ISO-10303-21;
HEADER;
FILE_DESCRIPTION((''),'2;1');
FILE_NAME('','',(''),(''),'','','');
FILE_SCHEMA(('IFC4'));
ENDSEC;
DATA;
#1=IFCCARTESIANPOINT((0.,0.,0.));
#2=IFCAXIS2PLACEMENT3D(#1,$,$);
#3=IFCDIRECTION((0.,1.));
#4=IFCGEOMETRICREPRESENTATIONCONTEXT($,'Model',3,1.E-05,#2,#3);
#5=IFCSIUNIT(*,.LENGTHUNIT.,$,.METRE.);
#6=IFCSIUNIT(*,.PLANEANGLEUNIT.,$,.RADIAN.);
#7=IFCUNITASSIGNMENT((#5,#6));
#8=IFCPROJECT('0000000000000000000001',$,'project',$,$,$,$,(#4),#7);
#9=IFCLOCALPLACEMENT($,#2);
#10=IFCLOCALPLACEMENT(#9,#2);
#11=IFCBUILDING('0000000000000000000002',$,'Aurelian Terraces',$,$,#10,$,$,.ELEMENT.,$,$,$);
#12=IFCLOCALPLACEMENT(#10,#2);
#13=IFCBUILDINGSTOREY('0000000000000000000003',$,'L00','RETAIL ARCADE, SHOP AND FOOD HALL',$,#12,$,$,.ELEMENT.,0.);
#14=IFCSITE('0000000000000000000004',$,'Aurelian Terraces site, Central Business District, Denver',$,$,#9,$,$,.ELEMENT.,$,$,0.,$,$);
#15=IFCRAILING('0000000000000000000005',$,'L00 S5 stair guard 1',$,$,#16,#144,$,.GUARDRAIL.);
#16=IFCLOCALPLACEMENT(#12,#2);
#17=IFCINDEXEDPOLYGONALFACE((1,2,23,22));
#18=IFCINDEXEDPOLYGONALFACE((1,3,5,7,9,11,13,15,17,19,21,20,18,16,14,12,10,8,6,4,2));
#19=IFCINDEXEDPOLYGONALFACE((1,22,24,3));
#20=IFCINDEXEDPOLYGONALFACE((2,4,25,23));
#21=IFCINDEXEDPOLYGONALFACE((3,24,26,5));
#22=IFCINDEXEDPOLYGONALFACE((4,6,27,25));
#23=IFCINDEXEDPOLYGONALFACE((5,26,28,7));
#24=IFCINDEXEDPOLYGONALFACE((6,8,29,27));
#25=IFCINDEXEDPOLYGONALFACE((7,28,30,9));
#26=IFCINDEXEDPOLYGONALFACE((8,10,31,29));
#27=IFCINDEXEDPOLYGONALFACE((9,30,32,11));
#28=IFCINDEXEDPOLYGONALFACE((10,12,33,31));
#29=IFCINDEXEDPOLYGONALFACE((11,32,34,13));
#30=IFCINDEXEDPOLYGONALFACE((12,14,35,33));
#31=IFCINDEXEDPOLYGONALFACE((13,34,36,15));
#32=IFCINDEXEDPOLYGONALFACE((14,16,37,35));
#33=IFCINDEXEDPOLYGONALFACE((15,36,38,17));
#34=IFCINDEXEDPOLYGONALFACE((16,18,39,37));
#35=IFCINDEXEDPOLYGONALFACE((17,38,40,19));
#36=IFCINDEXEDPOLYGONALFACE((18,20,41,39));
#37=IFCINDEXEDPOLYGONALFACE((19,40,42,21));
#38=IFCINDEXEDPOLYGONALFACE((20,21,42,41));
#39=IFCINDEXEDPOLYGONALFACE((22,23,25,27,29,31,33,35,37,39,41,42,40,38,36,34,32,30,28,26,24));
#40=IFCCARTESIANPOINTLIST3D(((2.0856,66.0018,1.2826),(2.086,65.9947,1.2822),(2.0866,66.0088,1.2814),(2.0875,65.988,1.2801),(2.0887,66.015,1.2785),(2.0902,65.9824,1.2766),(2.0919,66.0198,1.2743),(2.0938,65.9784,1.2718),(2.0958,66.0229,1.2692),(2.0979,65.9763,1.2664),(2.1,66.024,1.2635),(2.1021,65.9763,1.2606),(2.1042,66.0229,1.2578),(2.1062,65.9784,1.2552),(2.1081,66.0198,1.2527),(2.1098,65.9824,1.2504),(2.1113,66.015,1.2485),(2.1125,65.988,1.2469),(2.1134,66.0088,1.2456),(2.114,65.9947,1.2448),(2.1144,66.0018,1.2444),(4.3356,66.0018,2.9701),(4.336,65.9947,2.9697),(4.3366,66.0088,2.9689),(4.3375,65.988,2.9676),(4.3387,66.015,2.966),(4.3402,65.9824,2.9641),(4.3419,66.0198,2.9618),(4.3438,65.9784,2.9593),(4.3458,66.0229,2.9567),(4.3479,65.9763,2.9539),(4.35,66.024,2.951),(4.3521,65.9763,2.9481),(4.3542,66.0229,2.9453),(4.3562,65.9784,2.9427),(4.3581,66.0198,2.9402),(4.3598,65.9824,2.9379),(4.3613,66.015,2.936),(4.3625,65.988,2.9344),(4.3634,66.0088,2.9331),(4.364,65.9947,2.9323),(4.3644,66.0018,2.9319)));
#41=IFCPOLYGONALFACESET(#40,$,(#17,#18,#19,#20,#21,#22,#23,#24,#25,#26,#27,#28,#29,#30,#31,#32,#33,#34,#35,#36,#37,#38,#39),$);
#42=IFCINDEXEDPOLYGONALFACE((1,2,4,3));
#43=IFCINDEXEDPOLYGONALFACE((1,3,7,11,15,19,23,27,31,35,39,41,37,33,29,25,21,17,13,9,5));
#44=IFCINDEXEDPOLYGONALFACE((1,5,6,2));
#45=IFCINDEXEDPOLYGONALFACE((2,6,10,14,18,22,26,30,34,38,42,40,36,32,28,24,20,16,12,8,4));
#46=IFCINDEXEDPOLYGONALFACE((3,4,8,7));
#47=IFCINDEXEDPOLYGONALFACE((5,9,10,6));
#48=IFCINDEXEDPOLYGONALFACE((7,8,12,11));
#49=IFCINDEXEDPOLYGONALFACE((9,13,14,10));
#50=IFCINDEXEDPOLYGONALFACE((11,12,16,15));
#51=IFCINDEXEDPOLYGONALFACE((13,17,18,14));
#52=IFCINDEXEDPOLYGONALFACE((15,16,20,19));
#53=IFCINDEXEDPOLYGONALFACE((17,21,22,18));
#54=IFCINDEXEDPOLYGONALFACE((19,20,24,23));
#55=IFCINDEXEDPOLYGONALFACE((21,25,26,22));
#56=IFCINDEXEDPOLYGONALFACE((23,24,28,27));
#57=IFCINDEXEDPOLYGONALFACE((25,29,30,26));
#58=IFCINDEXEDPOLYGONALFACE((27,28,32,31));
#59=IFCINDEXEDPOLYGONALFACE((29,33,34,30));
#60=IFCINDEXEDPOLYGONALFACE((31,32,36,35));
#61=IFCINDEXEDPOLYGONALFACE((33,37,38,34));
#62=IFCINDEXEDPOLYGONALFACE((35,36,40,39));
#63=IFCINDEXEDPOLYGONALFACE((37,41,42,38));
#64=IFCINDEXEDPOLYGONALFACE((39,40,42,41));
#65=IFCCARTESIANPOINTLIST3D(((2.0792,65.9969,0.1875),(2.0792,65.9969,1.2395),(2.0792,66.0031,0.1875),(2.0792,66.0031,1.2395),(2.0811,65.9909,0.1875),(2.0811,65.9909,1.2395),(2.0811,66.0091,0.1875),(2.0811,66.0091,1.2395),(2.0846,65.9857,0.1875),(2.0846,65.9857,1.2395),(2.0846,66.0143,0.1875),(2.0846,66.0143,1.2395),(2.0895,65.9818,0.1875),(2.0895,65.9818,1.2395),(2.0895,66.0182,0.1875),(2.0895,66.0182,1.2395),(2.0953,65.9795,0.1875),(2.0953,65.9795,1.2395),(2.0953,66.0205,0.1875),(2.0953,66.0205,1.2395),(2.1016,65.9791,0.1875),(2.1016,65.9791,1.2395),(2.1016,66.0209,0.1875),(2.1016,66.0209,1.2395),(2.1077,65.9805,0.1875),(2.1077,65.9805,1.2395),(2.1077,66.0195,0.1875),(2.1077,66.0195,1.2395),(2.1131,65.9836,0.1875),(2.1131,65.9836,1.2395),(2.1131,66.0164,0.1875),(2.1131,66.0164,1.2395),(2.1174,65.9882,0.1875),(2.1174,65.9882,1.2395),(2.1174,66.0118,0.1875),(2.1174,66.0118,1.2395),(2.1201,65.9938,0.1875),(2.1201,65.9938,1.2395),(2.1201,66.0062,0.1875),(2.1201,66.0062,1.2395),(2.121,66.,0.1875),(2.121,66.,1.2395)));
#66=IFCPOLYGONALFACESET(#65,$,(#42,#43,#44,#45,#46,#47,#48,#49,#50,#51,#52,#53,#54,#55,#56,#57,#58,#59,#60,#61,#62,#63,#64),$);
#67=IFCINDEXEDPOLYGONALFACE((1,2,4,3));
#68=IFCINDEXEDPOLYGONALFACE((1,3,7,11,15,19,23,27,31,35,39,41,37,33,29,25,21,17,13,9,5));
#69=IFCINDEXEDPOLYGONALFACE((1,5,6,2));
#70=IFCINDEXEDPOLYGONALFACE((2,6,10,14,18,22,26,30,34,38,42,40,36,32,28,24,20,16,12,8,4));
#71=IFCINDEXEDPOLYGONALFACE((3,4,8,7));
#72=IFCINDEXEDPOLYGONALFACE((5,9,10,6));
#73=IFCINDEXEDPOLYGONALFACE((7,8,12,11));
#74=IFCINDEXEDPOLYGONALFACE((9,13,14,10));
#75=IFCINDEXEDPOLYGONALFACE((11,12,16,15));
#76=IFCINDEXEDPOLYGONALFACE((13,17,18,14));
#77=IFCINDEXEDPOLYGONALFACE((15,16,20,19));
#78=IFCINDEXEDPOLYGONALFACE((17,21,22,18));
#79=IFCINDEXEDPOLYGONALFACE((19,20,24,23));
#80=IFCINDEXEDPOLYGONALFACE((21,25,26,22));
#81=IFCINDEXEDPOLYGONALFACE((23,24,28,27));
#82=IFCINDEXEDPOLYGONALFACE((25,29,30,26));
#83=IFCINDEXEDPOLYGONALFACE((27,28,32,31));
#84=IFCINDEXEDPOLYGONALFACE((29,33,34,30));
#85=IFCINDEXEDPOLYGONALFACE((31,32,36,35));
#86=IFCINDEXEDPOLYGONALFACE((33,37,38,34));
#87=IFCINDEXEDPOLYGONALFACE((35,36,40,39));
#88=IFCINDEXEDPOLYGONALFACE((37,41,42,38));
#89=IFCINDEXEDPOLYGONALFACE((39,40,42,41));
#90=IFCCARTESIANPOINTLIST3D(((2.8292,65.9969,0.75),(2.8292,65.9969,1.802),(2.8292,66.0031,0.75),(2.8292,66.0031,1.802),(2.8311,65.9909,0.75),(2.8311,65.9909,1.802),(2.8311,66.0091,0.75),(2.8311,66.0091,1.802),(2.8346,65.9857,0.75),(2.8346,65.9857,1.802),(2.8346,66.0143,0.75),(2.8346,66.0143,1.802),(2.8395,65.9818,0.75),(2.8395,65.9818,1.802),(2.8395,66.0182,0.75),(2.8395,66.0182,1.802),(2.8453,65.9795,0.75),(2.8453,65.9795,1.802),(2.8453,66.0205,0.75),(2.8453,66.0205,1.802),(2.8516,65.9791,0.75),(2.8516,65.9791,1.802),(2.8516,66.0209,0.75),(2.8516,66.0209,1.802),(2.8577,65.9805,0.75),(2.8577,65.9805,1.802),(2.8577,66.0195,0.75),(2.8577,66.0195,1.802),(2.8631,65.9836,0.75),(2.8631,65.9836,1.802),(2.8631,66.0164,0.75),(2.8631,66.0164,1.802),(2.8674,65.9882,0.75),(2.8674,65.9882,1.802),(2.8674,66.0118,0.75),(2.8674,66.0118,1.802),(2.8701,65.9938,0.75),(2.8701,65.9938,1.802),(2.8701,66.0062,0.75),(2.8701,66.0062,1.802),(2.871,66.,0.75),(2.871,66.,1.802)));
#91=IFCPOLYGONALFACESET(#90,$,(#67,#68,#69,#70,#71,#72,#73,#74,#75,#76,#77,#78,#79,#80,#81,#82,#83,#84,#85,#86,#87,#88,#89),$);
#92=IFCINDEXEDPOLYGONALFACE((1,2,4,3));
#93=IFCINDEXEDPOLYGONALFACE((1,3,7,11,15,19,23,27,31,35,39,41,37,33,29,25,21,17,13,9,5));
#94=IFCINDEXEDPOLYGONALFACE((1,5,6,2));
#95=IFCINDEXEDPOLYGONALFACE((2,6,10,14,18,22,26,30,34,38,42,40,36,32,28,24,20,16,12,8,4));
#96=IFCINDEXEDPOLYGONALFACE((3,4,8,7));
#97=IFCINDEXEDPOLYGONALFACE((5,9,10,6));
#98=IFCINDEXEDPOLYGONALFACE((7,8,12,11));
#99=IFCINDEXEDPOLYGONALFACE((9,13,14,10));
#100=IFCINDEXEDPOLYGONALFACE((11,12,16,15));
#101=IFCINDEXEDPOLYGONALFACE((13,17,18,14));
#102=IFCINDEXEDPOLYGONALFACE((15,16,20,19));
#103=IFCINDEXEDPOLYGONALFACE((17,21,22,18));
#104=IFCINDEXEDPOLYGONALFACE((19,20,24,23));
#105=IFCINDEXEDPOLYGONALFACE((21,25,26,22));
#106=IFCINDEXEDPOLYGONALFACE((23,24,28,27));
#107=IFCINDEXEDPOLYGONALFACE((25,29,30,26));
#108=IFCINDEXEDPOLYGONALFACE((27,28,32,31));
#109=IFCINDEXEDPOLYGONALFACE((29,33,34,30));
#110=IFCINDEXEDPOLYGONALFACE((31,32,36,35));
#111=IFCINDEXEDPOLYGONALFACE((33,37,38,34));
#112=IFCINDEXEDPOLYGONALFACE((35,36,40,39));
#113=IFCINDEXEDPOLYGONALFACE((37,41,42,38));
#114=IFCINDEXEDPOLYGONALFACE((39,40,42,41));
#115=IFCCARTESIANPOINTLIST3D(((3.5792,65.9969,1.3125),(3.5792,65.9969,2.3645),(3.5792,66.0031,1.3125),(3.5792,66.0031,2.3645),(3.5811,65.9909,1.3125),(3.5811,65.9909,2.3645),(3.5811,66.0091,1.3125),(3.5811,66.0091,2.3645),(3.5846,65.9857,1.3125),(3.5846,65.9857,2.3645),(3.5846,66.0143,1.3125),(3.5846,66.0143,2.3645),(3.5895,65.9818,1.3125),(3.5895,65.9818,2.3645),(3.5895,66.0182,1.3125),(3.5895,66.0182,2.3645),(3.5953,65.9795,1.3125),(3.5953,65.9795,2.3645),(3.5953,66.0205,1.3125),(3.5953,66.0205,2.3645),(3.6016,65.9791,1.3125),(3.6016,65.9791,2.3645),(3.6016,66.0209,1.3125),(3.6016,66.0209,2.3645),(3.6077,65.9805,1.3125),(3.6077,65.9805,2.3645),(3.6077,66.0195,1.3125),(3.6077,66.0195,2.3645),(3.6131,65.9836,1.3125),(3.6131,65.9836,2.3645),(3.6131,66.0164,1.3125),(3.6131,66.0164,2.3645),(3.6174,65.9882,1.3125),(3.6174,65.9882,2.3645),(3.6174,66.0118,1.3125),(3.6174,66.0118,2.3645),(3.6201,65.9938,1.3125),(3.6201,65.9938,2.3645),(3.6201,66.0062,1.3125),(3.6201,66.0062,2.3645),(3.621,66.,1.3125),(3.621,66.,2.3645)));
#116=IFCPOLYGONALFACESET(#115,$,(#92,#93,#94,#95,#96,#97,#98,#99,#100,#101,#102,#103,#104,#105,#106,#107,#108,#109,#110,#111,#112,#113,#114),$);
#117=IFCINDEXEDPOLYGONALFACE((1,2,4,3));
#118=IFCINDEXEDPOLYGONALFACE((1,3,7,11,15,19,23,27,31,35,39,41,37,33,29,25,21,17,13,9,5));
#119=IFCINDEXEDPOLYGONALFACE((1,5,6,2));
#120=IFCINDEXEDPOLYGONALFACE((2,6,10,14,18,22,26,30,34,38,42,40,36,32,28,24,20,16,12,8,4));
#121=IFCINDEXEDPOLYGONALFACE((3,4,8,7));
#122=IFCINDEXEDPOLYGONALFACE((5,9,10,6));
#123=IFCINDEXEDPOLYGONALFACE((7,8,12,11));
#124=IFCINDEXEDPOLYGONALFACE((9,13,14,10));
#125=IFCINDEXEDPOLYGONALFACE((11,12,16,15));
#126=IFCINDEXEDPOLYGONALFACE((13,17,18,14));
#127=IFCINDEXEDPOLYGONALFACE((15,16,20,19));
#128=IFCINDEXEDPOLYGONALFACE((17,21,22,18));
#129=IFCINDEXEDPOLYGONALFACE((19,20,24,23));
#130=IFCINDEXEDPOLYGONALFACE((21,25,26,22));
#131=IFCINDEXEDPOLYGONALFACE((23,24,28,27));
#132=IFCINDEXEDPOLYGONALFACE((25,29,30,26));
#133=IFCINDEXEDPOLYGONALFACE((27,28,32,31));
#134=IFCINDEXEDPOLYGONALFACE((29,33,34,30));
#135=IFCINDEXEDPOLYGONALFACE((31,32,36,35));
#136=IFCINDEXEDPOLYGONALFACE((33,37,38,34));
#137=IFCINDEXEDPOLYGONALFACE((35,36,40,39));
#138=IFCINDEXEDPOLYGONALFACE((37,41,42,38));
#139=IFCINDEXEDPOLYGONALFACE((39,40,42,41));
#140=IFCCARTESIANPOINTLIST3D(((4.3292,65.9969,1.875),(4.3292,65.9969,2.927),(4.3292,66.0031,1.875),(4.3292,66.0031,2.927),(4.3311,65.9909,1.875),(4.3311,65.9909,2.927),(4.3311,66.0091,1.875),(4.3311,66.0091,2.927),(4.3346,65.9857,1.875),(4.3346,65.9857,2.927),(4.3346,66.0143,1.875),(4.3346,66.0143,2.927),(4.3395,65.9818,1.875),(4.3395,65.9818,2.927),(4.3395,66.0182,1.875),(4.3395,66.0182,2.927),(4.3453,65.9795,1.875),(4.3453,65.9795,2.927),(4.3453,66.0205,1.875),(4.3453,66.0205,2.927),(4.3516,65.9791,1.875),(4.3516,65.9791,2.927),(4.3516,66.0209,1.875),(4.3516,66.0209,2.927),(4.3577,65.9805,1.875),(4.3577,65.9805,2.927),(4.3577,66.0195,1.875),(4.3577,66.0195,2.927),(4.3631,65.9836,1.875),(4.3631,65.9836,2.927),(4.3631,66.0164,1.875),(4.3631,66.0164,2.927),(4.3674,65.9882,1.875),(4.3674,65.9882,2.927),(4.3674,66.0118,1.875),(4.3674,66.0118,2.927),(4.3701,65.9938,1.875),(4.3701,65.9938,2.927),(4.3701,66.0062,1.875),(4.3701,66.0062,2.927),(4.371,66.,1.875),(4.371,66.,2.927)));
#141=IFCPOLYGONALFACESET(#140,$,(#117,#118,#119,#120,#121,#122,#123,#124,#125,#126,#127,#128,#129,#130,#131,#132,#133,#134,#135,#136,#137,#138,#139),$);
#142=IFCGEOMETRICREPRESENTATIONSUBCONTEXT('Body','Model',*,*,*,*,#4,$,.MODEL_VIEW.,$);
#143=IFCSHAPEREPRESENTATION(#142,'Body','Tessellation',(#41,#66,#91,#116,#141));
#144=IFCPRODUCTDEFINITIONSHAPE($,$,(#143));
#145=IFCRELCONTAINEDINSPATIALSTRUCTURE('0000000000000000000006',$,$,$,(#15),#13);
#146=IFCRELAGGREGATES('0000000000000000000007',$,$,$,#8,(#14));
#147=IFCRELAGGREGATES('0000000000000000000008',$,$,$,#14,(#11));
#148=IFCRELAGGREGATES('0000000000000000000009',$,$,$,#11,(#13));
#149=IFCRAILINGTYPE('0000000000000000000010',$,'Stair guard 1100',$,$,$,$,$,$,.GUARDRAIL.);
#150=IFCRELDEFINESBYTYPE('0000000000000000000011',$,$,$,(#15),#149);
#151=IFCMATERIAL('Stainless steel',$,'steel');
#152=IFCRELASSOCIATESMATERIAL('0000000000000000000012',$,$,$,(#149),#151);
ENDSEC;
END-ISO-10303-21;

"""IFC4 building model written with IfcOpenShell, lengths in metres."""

from ifc_helpers import new_model, si_unit, direction, frame, origin, origin_2d, place, context, subcontext, project, spatial, circle, extrude, source, transform, mapped, material, type_object, element, save


model = new_model("IFC4")

# Units and contexts
model_context = context("Model", 3, precision=1e-05, world=origin(), true_north=direction((0.0, 1.0)))
body_context = subcontext(model_context, "Body", "Model", "MODEL_VIEW")
ifc_project = project(units=[si_unit("LENGTHUNIT", "METRE"), si_unit("PLANEANGLEUNIT", "RADIAN")], contexts=[model_context])

# Site, building, storey
site_placement = place(None, origin())
site = spatial("IfcSite", under=ifc_project, at=site_placement, Name="Aurelian Terraces site, Central Business District, Denver", CompositionType="ELEMENT", RefElevation=0.0)
building_placement = place(site_placement, origin())
building = spatial("IfcBuilding", under=site, at=building_placement, Name="Aurelian Terraces", CompositionType="ELEMENT")
storey_placement = place(building_placement, origin())
storey = spatial("IfcBuildingStorey", under=building, at=storey_placement, Name="L00", Description="RETAIL ARCADE, SHOP AND FOOD HALL", CompositionType="ELEMENT", Elevation=0.0)

# Railing
ifc_material_1 = material(Name="Stainless steel", Category="steel")
railing_type_1 = type_object("IfcRailingType", Name="Stair guard 1100", PredefinedType="GUARDRAIL", material=ifc_material_1)
shared_shape_1 = source(origin(), body_context, "Body", "SweptSolid", [
    extrude(circle(Radius=0.024, at=origin_2d()), frame((0.0, 0.0, 1.076), z_axis=(0.8, 0.0, 0.6), x_axis=(0.0, 1.0, 0.0)), (0.0, 0.0, 1.0), 2.8125),
    extrude(circle(Radius=0.021, at=origin_2d()), origin(), (0.0, 0.0, 1.0), 1.052),
    extrude(circle(Radius=0.021, at=origin_2d()), frame((0.75, 0.0, 0.5625)), (0.0, 0.0, 1.0), 1.052),
    extrude(circle(Radius=0.021, at=origin_2d()), frame((1.5, 0.0, 1.125)), (0.0, 0.0, 1.0), 1.052),
    extrude(circle(Radius=0.021, at=origin_2d()), frame((2.25, 0.0, 1.6875)), (0.0, 0.0, 1.0), 1.052),
])
for number, where, name in (
    (1, (2.1, 66.0, 0.1875), "L00 S5 stair guard 1"),
):
    element("IfcRailing", number, at=place(storey_placement, frame(where)), inside=storey, type_object=railing_type_1, Name=name, PredefinedType="GUARDRAIL", context=body_context, shape_type="MappedRepresentation", body=[
        mapped(shared_shape_1, transform((0.0, 0.0, 0.0), scale=1.0)),
    ])

save(model, "model.ifc")
